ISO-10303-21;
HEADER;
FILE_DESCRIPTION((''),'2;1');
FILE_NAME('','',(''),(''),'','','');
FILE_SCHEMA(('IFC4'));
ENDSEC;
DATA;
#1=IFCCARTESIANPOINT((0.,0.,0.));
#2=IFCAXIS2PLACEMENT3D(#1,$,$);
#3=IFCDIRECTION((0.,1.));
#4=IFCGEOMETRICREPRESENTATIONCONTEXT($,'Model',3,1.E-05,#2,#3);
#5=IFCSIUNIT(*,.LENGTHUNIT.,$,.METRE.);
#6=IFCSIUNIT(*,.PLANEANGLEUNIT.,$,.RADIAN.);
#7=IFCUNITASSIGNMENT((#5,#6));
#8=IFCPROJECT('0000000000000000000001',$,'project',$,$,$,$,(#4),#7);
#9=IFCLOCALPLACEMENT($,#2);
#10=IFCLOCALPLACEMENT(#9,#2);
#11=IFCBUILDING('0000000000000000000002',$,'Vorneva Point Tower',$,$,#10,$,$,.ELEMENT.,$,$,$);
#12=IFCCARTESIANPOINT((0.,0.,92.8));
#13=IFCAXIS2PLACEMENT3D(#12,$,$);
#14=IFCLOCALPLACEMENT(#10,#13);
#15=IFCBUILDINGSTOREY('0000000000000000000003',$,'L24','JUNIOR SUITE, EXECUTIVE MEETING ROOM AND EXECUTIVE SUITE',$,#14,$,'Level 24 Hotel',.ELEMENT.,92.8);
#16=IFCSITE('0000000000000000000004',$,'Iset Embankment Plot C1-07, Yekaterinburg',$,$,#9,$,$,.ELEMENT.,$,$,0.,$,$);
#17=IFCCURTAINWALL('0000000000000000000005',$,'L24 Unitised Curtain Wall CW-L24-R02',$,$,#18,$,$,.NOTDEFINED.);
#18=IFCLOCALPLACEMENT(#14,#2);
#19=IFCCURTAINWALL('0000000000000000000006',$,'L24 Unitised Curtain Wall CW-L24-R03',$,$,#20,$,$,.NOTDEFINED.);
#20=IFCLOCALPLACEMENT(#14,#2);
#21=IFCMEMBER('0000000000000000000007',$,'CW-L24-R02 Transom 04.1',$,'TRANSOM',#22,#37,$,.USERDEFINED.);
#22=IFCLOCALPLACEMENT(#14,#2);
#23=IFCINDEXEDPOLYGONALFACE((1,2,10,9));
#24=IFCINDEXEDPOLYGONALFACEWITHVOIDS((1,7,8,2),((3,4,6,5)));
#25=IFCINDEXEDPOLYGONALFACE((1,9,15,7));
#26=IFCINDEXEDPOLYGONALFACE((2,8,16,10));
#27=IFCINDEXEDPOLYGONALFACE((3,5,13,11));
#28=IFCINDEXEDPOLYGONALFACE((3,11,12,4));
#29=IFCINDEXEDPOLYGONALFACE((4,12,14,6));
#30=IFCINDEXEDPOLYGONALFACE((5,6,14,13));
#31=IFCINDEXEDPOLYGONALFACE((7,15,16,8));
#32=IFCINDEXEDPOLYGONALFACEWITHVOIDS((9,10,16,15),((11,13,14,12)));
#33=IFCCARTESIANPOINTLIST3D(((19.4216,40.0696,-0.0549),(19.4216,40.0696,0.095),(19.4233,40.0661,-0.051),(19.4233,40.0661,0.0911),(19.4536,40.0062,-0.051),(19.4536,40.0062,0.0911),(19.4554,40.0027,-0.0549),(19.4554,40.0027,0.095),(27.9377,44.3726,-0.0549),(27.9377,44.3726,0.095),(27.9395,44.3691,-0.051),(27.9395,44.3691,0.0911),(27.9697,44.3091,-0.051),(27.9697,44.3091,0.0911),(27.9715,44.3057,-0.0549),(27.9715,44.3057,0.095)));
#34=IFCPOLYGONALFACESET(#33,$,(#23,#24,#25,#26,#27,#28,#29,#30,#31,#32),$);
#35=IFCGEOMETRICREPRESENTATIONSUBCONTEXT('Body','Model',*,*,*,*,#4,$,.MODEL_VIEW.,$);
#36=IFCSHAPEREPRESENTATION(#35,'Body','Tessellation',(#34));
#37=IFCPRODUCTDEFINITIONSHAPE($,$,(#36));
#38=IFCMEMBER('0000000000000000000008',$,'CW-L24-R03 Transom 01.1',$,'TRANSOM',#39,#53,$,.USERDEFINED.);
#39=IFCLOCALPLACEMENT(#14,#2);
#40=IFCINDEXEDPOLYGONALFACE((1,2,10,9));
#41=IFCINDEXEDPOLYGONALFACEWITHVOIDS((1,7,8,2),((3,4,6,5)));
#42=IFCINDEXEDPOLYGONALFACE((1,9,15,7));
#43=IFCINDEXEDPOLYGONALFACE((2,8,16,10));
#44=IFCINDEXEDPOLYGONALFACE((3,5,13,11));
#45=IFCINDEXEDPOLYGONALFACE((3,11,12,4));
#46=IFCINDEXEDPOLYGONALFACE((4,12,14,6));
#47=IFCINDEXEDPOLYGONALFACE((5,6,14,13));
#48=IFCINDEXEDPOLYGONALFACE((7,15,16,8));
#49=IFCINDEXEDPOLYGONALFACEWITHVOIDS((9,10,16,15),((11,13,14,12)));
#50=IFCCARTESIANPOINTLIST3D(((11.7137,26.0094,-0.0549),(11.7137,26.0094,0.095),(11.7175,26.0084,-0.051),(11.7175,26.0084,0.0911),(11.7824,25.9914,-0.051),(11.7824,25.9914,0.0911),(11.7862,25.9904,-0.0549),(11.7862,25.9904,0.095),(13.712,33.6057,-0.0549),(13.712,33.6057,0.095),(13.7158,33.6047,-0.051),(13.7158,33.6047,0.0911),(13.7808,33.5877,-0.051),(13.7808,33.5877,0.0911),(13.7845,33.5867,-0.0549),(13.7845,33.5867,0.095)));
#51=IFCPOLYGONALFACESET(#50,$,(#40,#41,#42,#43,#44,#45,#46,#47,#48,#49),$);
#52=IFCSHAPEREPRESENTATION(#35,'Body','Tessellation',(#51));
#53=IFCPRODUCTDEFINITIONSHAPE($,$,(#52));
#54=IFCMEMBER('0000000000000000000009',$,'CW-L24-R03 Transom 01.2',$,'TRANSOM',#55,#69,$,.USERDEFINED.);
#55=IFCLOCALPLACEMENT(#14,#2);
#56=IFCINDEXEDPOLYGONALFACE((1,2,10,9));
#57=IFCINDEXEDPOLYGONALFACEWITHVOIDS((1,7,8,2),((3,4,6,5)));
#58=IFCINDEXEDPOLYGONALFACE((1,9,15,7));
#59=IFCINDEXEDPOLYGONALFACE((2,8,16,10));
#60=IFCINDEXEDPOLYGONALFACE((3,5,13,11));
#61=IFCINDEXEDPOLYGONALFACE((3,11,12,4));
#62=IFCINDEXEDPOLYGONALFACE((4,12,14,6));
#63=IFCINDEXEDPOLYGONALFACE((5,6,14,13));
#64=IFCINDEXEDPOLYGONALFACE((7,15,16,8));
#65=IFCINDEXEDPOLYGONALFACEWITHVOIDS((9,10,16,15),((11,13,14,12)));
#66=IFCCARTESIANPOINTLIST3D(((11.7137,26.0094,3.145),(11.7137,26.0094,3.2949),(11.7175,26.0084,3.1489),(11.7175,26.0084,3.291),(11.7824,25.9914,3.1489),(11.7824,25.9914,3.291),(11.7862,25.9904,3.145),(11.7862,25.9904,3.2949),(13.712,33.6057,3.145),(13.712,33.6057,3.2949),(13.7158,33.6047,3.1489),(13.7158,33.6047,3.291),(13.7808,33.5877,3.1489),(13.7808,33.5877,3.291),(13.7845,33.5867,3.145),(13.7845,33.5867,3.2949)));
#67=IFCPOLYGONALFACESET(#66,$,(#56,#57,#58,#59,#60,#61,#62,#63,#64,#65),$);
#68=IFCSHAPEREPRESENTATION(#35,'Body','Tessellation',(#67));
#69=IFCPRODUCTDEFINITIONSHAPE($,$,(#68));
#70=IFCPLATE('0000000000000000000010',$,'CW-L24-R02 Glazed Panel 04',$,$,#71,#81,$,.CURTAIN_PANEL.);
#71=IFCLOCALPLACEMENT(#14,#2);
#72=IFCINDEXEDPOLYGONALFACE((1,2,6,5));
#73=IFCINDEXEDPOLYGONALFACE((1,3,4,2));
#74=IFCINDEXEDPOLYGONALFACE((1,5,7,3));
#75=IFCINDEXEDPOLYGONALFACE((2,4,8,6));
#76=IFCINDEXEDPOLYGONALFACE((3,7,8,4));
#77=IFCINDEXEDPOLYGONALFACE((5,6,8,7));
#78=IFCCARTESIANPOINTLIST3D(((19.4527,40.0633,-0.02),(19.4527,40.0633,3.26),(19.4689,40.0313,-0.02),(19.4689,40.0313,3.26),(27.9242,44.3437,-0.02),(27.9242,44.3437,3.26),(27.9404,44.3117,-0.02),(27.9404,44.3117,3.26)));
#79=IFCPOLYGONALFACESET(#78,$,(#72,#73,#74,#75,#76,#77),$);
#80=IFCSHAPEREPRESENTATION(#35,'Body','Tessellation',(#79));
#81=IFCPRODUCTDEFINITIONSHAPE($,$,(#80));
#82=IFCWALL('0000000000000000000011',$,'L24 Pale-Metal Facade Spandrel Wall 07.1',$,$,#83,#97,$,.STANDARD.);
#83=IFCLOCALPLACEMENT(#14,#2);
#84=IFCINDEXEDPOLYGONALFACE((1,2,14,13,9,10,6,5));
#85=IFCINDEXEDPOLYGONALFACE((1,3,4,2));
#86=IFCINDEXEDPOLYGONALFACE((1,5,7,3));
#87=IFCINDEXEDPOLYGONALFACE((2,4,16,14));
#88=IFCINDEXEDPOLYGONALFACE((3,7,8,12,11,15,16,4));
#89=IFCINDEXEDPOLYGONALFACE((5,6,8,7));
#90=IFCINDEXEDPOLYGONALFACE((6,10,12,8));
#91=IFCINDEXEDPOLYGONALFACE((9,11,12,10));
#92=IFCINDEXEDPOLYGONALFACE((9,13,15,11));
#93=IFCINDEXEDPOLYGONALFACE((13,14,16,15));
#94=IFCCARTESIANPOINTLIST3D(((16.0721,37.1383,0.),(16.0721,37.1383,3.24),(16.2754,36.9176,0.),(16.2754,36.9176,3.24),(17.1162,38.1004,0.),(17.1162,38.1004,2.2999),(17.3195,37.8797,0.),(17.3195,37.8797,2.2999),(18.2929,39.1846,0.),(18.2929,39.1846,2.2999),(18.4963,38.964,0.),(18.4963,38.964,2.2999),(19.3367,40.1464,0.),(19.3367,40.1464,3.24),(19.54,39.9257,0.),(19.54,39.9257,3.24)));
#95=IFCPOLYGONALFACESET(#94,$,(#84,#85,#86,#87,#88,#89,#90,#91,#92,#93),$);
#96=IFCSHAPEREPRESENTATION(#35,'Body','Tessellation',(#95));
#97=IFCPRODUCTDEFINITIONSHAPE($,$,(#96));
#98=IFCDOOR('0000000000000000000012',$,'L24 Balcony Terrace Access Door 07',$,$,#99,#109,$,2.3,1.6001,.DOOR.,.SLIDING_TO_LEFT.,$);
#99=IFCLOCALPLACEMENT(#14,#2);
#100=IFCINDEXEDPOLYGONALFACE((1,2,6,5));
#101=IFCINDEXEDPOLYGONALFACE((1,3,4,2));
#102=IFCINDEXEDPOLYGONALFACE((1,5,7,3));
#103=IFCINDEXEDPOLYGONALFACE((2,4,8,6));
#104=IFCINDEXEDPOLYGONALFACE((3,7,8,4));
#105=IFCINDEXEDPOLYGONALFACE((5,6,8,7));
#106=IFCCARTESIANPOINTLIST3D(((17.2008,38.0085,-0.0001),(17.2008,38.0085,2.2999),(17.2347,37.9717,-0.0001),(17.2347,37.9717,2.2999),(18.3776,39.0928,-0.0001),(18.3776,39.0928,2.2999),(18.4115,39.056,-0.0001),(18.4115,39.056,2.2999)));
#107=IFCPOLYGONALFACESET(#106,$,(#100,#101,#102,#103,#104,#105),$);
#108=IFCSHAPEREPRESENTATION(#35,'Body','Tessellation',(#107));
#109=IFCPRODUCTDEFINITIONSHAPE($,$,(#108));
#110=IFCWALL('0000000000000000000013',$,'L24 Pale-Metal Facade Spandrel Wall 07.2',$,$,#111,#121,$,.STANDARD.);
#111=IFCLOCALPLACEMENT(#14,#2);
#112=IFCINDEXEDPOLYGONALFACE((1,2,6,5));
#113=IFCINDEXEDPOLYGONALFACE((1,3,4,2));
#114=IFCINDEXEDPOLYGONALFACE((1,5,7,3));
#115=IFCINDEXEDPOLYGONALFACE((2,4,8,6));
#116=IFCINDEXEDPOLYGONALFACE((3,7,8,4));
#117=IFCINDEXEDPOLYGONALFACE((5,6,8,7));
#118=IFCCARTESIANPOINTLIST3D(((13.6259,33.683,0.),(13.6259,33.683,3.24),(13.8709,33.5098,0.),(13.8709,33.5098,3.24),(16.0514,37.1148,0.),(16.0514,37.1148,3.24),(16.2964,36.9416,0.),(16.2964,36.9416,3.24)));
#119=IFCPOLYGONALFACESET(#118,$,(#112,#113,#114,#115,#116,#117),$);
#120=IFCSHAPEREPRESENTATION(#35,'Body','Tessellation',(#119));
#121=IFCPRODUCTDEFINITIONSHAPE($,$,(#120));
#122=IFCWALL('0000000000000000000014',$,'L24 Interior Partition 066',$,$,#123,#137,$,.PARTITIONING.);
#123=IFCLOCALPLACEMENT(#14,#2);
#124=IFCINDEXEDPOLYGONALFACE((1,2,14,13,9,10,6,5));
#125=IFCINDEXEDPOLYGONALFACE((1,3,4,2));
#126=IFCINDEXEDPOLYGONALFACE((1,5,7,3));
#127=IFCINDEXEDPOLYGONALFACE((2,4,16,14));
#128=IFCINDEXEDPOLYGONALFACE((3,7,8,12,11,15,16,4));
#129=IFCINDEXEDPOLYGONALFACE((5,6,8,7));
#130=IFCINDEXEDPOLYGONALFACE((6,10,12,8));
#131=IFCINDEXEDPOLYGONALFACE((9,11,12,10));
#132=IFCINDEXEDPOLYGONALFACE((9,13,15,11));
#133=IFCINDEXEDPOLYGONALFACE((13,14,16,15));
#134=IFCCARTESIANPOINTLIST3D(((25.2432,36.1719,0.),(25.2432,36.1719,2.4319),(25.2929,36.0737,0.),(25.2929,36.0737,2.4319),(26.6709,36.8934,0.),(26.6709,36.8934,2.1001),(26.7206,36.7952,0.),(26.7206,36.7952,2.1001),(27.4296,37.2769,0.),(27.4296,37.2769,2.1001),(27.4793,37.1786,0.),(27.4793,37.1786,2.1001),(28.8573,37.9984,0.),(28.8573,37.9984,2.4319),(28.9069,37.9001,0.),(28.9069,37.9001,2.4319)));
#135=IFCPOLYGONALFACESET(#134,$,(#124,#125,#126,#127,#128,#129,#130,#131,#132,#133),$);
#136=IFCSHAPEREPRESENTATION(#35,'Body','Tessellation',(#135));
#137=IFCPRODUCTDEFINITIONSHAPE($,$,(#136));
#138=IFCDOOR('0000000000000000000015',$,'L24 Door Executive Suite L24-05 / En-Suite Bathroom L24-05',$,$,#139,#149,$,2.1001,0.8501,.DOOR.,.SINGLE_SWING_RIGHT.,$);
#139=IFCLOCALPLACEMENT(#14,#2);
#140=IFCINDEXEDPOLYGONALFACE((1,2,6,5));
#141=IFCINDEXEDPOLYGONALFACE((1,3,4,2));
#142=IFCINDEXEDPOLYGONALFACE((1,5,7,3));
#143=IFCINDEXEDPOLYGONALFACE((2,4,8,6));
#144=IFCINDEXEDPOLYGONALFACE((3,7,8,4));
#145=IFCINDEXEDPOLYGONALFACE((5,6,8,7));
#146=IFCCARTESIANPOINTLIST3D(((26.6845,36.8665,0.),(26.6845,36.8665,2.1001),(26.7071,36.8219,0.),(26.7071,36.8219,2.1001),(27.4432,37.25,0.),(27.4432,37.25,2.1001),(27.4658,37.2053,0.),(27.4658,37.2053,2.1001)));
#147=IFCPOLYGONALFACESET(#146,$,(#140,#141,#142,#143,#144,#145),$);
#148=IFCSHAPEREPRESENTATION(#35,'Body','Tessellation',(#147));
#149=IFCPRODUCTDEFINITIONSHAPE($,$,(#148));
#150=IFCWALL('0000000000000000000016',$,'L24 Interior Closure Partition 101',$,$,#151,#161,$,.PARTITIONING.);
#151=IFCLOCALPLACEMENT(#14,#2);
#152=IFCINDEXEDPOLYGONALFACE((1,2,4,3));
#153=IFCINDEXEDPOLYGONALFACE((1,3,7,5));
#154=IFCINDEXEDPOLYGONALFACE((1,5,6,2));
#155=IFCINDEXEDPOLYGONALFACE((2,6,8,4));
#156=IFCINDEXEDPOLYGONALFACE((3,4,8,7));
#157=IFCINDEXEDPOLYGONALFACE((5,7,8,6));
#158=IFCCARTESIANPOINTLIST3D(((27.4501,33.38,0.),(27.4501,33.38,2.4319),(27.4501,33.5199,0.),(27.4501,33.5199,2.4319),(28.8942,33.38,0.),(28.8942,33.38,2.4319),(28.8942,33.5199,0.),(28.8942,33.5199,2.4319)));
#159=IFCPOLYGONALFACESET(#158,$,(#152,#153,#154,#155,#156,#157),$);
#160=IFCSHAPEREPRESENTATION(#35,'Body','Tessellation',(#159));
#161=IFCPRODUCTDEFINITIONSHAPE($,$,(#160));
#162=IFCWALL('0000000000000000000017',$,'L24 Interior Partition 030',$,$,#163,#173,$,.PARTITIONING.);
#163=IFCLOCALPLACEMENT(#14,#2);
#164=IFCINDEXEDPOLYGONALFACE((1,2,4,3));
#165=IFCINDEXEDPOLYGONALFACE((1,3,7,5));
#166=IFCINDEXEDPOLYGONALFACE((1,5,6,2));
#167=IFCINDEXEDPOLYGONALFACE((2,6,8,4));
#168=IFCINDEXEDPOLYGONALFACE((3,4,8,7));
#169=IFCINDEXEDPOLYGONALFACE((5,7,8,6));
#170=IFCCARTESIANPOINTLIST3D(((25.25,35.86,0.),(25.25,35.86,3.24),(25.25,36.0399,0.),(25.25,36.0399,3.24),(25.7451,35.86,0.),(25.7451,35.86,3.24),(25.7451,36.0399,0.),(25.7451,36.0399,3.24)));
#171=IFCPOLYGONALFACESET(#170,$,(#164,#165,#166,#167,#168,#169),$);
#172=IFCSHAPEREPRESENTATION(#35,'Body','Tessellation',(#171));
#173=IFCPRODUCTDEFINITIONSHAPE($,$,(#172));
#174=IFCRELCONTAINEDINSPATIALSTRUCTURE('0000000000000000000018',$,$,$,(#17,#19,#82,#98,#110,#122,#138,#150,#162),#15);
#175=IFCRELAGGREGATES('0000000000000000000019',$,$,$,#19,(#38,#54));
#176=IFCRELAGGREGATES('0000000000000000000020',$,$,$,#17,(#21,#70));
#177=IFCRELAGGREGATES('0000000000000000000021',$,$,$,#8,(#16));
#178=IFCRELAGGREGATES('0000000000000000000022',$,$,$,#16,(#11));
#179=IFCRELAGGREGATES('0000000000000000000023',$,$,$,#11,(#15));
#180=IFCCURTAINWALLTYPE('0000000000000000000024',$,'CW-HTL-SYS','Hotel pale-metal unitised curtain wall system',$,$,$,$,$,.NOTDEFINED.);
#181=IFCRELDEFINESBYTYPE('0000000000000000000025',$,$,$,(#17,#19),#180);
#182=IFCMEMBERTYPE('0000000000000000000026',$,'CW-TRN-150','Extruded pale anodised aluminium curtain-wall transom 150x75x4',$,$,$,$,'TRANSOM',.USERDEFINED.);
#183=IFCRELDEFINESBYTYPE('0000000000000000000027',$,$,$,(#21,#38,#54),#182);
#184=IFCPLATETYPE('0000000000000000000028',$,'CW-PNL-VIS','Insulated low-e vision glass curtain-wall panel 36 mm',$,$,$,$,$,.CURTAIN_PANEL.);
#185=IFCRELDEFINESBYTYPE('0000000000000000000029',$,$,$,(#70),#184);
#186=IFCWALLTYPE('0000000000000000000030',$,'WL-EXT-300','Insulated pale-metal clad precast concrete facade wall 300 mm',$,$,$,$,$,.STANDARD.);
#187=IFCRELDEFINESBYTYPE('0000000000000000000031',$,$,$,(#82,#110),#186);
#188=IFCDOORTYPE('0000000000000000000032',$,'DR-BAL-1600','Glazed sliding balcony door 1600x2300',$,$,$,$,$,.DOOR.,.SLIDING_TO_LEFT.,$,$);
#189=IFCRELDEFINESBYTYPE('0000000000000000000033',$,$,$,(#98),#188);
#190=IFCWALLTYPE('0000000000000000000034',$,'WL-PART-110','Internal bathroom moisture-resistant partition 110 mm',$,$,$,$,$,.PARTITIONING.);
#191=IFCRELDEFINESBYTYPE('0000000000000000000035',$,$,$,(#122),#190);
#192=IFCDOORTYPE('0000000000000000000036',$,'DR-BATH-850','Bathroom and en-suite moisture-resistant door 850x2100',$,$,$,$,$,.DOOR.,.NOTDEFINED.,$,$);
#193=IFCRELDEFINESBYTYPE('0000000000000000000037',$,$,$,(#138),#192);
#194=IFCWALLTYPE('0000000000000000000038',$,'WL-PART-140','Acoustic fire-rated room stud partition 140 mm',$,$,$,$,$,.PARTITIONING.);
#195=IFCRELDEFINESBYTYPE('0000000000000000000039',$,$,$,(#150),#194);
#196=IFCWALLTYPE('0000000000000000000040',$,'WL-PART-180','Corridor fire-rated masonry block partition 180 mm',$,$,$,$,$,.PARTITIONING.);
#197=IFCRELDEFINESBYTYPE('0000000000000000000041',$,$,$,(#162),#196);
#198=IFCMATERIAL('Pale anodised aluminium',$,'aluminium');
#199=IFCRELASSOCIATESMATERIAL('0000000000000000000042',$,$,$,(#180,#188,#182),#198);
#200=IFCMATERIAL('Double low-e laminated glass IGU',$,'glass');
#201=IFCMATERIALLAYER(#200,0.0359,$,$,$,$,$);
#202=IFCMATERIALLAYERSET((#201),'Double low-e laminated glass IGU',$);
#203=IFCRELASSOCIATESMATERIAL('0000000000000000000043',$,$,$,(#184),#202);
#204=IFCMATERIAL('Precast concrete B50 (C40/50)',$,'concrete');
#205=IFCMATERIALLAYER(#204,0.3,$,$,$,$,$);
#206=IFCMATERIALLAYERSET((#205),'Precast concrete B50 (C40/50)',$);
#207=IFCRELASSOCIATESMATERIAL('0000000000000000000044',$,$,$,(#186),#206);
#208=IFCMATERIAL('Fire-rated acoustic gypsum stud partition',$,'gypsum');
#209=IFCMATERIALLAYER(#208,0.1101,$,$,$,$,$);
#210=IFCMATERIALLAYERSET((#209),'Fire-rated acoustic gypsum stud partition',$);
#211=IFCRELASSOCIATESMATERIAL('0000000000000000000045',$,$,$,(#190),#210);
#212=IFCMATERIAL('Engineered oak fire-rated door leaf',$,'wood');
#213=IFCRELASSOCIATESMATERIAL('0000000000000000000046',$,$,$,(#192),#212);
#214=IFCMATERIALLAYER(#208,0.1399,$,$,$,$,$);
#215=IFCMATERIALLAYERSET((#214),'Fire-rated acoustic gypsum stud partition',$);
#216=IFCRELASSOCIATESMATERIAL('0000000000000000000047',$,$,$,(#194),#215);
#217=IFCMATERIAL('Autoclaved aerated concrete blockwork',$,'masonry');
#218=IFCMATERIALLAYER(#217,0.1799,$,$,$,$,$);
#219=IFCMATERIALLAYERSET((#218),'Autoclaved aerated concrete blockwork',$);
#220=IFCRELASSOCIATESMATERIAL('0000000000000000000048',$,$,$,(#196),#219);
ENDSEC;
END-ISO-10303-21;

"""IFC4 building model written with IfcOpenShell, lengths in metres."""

from ifc_helpers import new_model, si_unit, direction, frame, frame_2d, origin, origin_2d, place, context, subcontext, project, spatial, rectangle, hollow_rectangle, extrude, material, layer, layer_set, material_profile, profile_set, type_object, element, fill, aggregate, save


model = new_model("IFC4")

# Units and contexts
model_context = context("Model", 3, precision=1e-05, world=origin(), true_north=direction((0.0, 1.0)))
body_context = subcontext(model_context, "Body", "Model", "MODEL_VIEW")
ifc_project = project(units=[si_unit("LENGTHUNIT", "METRE"), si_unit("PLANEANGLEUNIT", "RADIAN")], contexts=[model_context])

# Site, building, storey
site_placement = place(None, origin())
site = spatial("IfcSite", under=ifc_project, at=site_placement, Name="Iset Embankment Plot C1-07, Yekaterinburg", CompositionType="ELEMENT", RefElevation=0.0)
building_placement = place(site_placement, origin())
building = spatial("IfcBuilding", under=site, at=building_placement, Name="Vorneva Point Tower", CompositionType="ELEMENT")
storey_placement = place(building_placement, frame((0.0, 0.0, 92.8)))
storey = spatial("IfcBuildingStorey", under=building, at=storey_placement, Name="L24", Description="JUNIOR SUITE, EXECUTIVE MEETING ROOM AND EXECUTIVE SUITE", LongName="Level 24 Hotel", CompositionType="ELEMENT", Elevation=92.8)

# Curtain wall
ifc_material_1 = material(Name="Pale anodised aluminium", Category="aluminium")
curtain_wall_type = type_object("IfcCurtainWallType", Name="CW-HTL-SYS", Description="Hotel pale-metal unitised curtain wall system", PredefinedType="NOTDEFINED", material=ifc_material_1)
curtain_wall_1_placement = place(storey_placement, origin())
curtain_wall_1 = element("IfcCurtainWall", 1, at=curtain_wall_1_placement, inside=storey, type_object=curtain_wall_type, Name="L24 Unitised Curtain Wall CW-L24-R02", PredefinedType="NOTDEFINED")

# Curtain wall
curtain_wall_2_placement = place(storey_placement, origin())
curtain_wall_2 = element("IfcCurtainWall", 2, at=curtain_wall_2_placement, inside=storey, type_object=curtain_wall_type, Name="L24 Unitised Curtain Wall CW-L24-R03", PredefinedType="NOTDEFINED")

# Members
ifc_material_profile_1 = material_profile(ifc_material_1, hollow_rectangle(XDim=0.075, YDim=0.1499, WallThickness=0.0039, at=origin_2d()), Name="AL-TRN 150x75x4")
ifc_profile_set_1 = profile_set([ifc_material_profile_1], Name="Pale anodised aluminium")
member_type_1 = type_object("IfcMemberType", Name="CW-TRN-150", Description="Extruded pale anodised aluminium curtain-wall transom 150x75x4", ElementType="TRANSOM", PredefinedType="USERDEFINED", material=ifc_profile_set_1)
member_1_placement = place(storey_placement, frame((27.9546, 44.3391, 0.02), z_axis=(-0.892536, -0.450976, 0.0), x_axis=(0.450976, -0.892536, 0.0)))
member_1 = element("IfcMember", 3, at=member_1_placement, type_object=member_type_1, Name="CW-L24-R02 Transom 04.1", ObjectType="TRANSOM", PredefinedType="USERDEFINED", context=body_context, shape_type="SweptSolid", body=[
    extrude(hollow_rectangle(XDim=0.075, YDim=0.1499, WallThickness=0.0039, at=origin_2d()), origin(), (0.0, 0.0, 1.0), 9.5415),
])
member_2_placement = place(storey_placement, frame((13.7483, 33.5962, 0.02), z_axis=(-0.254409, -0.967097, 0.0), x_axis=(0.967097, -0.254409, 0.0)))
member_2 = element("IfcMember", 4, at=member_2_placement, type_object=member_type_1, Name="CW-L24-R03 Transom 01.1", ObjectType="TRANSOM", PredefinedType="USERDEFINED", context=body_context, shape_type="SweptSolid", body=[
    extrude(hollow_rectangle(XDim=0.075, YDim=0.1499, WallThickness=0.0039, at=origin_2d()), origin(), (0.0, 0.0, 1.0), 7.8547),
])
member_3_placement = place(storey_placement, frame((13.7483, 33.5962, 3.22), z_axis=(-0.254409, -0.967097, 0.0), x_axis=(0.967097, -0.254409, 0.0)))
member_3 = element("IfcMember", 5, at=member_3_placement, type_object=member_type_1, Name="CW-L24-R03 Transom 01.2", ObjectType="TRANSOM", PredefinedType="USERDEFINED", context=body_context, shape_type="SweptSolid", body=[
    extrude(hollow_rectangle(XDim=0.075, YDim=0.1499, WallThickness=0.0039, at=origin_2d()), origin(), (0.0, 0.0, 1.0), 7.8547),
])
aggregate(curtain_wall_2, [member_2, member_3])

# Plate
ifc_material_2 = material(Name="Double low-e laminated glass IGU", Category="glass")
ifc_layer_1 = layer(ifc_material_2, 0.0359)
ifc_layer_set_1 = layer_set([ifc_layer_1], Name="Double low-e laminated glass IGU")
plate_type = type_object("IfcPlateType", Name="CW-PNL-VIS", Description="Insulated low-e vision glass curtain-wall panel 36 mm", PredefinedType="CURTAIN_PANEL", material=ifc_layer_set_1)
plate_placement = place(storey_placement, frame((23.6965, 42.1875, -0.02), z_axis=(0.0, 0.0, 1.0), x_axis=(-0.892539, -0.450971, 0.0)))
plate = element("IfcPlate", 6, at=plate_placement, type_object=plate_type, Name="CW-L24-R02 Glazed Panel 04", PredefinedType="CURTAIN_PANEL", context=body_context, shape_type="SweptSolid", body=[
    extrude(rectangle(XDim=9.4915, YDim=0.0359, at=origin_2d()), origin(), (0.0, 0.0, 1.0), 3.28),
])
aggregate(curtain_wall_1, [member_1, plate])

# Wall, opening, door
ifc_material_3 = material(Name="Precast concrete B50 (C40/50)", Category="concrete")
ifc_layer_2 = layer(ifc_material_3, 0.3)
ifc_layer_set_2 = layer_set([ifc_layer_2], Name="Precast concrete B50 (C40/50)")
wall_type_1 = type_object("IfcWallType", Name="WL-EXT-300", Description="Insulated pale-metal clad precast concrete facade wall 300 mm", PredefinedType="STANDARD", material=ifc_layer_set_2)
wall_1_placement = place(storey_placement, frame((19.4385, 40.0361, 0.0), z_axis=(0.0, 0.0, 1.0), x_axis=(-0.735417, -0.677615, 0.0)))
wall_1 = element("IfcWall", 7, at=wall_1_placement, inside=storey, type_object=wall_type_1, Name="L24 Pale-Metal Facade Spandrel Wall 07.1", PredefinedType="STANDARD", context=body_context, shape_type="SweptSolid", body=[
    extrude(rectangle(XDim=4.4392, YDim=0.3, at=frame_2d((2.2197, 0.0))), origin(), (0.0, 0.0, 1.0), 3.24),
])
opening_1_placement = place(wall_1_placement, frame((1.4194, 0.0, 0.0)))
opening_1 = element("IfcOpeningElement", 8, at=opening_1_placement, cuts=wall_1, PredefinedType="OPENING", context=body_context, shape_type="SweptSolid", body=[
    extrude(rectangle(XDim=1.6001, YDim=2.3, at=frame_2d((0.8, 1.1499))), frame((0.0, 0.165, 0.0), z_axis=(0.0, -1.0, 0.0), x_axis=(1.0, 0.0, 0.0)), (0.0, 0.0, 1.0), 0.3298),
])
door_type_1 = type_object("IfcDoorType", Name="DR-BAL-1600", Description="Glazed sliding balcony door 1600x2300", OperationType="SLIDING_TO_LEFT", PredefinedType="DOOR", material=ifc_material_1)
door_1_placement = place(opening_1_placement, origin())
door_1 = element("IfcDoor", 9, at=door_1_placement, inside=storey, type_object=door_type_1, Name="L24 Balcony Terrace Access Door 07", OperationType="SLIDING_TO_LEFT", OverallHeight=2.3, OverallWidth=1.6001, PredefinedType="DOOR", context=body_context, shape_type="SweptSolid", body=[
    extrude(rectangle(XDim=1.6001, YDim=2.3, at=frame_2d((0.8, 1.1499))), frame((0.0, 0.0249, 0.0), z_axis=(0.0, -1.0, 0.0), x_axis=(1.0, 0.0, 0.0)), (0.0, 0.0, 1.0), 0.05),
])
fill(opening_1, door_1)

# Wall
wall_2_placement = place(storey_placement, frame((16.1738, 37.0281, 0.0), z_axis=(0.0, 0.0, 1.0), x_axis=(-0.577164, -0.816628, 0.0)))
element("IfcWall", 10, at=wall_2_placement, inside=storey, type_object=wall_type_1, Name="L24 Pale-Metal Facade Spandrel Wall 07.2", PredefinedType="STANDARD", context=body_context, shape_type="SweptSolid", body=[
    extrude(rectangle(XDim=4.2024, YDim=0.3, at=frame_2d((2.1011, 0.0))), origin(), (0.0, 0.0, 1.0), 3.24),
])

# Wall, opening, door
ifc_material_4 = material(Name="Fire-rated acoustic gypsum stud partition", Category="gypsum")
ifc_layer_3 = layer(ifc_material_4, 0.1101)
ifc_layer_set_3 = layer_set([ifc_layer_3], Name="Fire-rated acoustic gypsum stud partition")
wall_type_2 = type_object("IfcWallType", Name="WL-PART-110", Description="Internal bathroom moisture-resistant partition 110 mm", PredefinedType="PARTITIONING", material=ifc_layer_set_3)
wall_3_placement = place(storey_placement, frame((25.2681, 36.1228, 0.0), z_axis=(0.0, 0.0, 1.0), x_axis=(0.892502, 0.451044, 0.0)))
wall_3 = element("IfcWall", 11, at=wall_3_placement, inside=storey, type_object=wall_type_2, Name="L24 Interior Partition 066", PredefinedType="PARTITIONING", context=body_context, shape_type="SweptSolid", body=[
    extrude(rectangle(XDim=4.0493, YDim=0.1101, at=frame_2d((2.0247, 0.0))), origin(), (0.0, 0.0, 1.0), 2.4319),
])
opening_2_placement = place(wall_3_placement, frame((1.5996, 0.0, 0.0)))
opening_2 = element("IfcOpeningElement", 12, at=opening_2_placement, cuts=wall_3, PredefinedType="OPENING", context=body_context, shape_type="SweptSolid", body=[
    extrude(rectangle(XDim=0.8501, YDim=2.1001, at=frame_2d((0.425, 1.05))), frame((0.0, 0.0698, 0.0), z_axis=(0.0, -1.0, 0.0), x_axis=(1.0, 0.0, 0.0)), (0.0, 0.0, 1.0), 0.1399),
])
ifc_material_5 = material(Name="Engineered oak fire-rated door leaf", Category="wood")
door_type_2 = type_object("IfcDoorType", Name="DR-BATH-850", Description="Bathroom and en-suite moisture-resistant door 850x2100", OperationType="NOTDEFINED", PredefinedType="DOOR", material=ifc_material_5)
door_2_placement = place(opening_2_placement, origin())
door_2 = element("IfcDoor", 13, at=door_2_placement, inside=storey, type_object=door_type_2, Name="L24 Door Executive Suite L24-05 / En-Suite Bathroom L24-05", OperationType="SINGLE_SWING_RIGHT", OverallHeight=2.1001, OverallWidth=0.8501, PredefinedType="DOOR", context=body_context, shape_type="SweptSolid", body=[
    extrude(rectangle(XDim=0.8501, YDim=2.1001, at=frame_2d((0.425, 1.05))), frame((0.0, 0.0249, 0.0), z_axis=(0.0, -1.0, 0.0), x_axis=(1.0, 0.0, 0.0)), (0.0, 0.0, 1.0), 0.05),
])
fill(opening_2, door_2)

# Walls
ifc_layer_4 = layer(ifc_material_4, 0.1399)
ifc_layer_set_4 = layer_set([ifc_layer_4], Name="Fire-rated acoustic gypsum stud partition")
wall_type_3 = type_object("IfcWallType", Name="WL-PART-140", Description="Acoustic fire-rated room stud partition 140 mm", PredefinedType="PARTITIONING", material=ifc_layer_set_4)
wall_4_placement = place(storey_placement, frame((27.45, 33.45, 0.0), z_axis=(0.0, 0.0, 1.0), x_axis=(1.0, 0.0, 0.0)))
element("IfcWall", 14, at=wall_4_placement, inside=storey, type_object=wall_type_3, Name="L24 Interior Closure Partition 101", PredefinedType="PARTITIONING", context=body_context, shape_type="SweptSolid", body=[
    extrude(rectangle(XDim=1.4441, YDim=0.1399, at=frame_2d((0.7222, 0.0))), origin(), (0.0, 0.0, 1.0), 2.4319),
])
ifc_material_6 = material(Name="Autoclaved aerated concrete blockwork", Category="masonry")
ifc_layer_5 = layer(ifc_material_6, 0.1799)
ifc_layer_set_5 = layer_set([ifc_layer_5], Name="Autoclaved aerated concrete blockwork")
wall_type_4 = type_object("IfcWallType", Name="WL-PART-180", Description="Corridor fire-rated masonry block partition 180 mm", PredefinedType="PARTITIONING", material=ifc_layer_set_5)
wall_5_placement = place(storey_placement, frame((25.7451, 35.95, 0.0), z_axis=(0.0, 0.0, 1.0), x_axis=(-1.0, 0.0, 0.0)))
element("IfcWall", 15, at=wall_5_placement, inside=storey, type_object=wall_type_4, Name="L24 Interior Partition 030", PredefinedType="PARTITIONING", context=body_context, shape_type="SweptSolid", body=[
    extrude(rectangle(XDim=0.4951, YDim=0.1799, at=frame_2d((0.2476, 0.0))), origin(), (0.0, 0.0, 1.0), 3.24),
])

save(model, "model.ifc")
